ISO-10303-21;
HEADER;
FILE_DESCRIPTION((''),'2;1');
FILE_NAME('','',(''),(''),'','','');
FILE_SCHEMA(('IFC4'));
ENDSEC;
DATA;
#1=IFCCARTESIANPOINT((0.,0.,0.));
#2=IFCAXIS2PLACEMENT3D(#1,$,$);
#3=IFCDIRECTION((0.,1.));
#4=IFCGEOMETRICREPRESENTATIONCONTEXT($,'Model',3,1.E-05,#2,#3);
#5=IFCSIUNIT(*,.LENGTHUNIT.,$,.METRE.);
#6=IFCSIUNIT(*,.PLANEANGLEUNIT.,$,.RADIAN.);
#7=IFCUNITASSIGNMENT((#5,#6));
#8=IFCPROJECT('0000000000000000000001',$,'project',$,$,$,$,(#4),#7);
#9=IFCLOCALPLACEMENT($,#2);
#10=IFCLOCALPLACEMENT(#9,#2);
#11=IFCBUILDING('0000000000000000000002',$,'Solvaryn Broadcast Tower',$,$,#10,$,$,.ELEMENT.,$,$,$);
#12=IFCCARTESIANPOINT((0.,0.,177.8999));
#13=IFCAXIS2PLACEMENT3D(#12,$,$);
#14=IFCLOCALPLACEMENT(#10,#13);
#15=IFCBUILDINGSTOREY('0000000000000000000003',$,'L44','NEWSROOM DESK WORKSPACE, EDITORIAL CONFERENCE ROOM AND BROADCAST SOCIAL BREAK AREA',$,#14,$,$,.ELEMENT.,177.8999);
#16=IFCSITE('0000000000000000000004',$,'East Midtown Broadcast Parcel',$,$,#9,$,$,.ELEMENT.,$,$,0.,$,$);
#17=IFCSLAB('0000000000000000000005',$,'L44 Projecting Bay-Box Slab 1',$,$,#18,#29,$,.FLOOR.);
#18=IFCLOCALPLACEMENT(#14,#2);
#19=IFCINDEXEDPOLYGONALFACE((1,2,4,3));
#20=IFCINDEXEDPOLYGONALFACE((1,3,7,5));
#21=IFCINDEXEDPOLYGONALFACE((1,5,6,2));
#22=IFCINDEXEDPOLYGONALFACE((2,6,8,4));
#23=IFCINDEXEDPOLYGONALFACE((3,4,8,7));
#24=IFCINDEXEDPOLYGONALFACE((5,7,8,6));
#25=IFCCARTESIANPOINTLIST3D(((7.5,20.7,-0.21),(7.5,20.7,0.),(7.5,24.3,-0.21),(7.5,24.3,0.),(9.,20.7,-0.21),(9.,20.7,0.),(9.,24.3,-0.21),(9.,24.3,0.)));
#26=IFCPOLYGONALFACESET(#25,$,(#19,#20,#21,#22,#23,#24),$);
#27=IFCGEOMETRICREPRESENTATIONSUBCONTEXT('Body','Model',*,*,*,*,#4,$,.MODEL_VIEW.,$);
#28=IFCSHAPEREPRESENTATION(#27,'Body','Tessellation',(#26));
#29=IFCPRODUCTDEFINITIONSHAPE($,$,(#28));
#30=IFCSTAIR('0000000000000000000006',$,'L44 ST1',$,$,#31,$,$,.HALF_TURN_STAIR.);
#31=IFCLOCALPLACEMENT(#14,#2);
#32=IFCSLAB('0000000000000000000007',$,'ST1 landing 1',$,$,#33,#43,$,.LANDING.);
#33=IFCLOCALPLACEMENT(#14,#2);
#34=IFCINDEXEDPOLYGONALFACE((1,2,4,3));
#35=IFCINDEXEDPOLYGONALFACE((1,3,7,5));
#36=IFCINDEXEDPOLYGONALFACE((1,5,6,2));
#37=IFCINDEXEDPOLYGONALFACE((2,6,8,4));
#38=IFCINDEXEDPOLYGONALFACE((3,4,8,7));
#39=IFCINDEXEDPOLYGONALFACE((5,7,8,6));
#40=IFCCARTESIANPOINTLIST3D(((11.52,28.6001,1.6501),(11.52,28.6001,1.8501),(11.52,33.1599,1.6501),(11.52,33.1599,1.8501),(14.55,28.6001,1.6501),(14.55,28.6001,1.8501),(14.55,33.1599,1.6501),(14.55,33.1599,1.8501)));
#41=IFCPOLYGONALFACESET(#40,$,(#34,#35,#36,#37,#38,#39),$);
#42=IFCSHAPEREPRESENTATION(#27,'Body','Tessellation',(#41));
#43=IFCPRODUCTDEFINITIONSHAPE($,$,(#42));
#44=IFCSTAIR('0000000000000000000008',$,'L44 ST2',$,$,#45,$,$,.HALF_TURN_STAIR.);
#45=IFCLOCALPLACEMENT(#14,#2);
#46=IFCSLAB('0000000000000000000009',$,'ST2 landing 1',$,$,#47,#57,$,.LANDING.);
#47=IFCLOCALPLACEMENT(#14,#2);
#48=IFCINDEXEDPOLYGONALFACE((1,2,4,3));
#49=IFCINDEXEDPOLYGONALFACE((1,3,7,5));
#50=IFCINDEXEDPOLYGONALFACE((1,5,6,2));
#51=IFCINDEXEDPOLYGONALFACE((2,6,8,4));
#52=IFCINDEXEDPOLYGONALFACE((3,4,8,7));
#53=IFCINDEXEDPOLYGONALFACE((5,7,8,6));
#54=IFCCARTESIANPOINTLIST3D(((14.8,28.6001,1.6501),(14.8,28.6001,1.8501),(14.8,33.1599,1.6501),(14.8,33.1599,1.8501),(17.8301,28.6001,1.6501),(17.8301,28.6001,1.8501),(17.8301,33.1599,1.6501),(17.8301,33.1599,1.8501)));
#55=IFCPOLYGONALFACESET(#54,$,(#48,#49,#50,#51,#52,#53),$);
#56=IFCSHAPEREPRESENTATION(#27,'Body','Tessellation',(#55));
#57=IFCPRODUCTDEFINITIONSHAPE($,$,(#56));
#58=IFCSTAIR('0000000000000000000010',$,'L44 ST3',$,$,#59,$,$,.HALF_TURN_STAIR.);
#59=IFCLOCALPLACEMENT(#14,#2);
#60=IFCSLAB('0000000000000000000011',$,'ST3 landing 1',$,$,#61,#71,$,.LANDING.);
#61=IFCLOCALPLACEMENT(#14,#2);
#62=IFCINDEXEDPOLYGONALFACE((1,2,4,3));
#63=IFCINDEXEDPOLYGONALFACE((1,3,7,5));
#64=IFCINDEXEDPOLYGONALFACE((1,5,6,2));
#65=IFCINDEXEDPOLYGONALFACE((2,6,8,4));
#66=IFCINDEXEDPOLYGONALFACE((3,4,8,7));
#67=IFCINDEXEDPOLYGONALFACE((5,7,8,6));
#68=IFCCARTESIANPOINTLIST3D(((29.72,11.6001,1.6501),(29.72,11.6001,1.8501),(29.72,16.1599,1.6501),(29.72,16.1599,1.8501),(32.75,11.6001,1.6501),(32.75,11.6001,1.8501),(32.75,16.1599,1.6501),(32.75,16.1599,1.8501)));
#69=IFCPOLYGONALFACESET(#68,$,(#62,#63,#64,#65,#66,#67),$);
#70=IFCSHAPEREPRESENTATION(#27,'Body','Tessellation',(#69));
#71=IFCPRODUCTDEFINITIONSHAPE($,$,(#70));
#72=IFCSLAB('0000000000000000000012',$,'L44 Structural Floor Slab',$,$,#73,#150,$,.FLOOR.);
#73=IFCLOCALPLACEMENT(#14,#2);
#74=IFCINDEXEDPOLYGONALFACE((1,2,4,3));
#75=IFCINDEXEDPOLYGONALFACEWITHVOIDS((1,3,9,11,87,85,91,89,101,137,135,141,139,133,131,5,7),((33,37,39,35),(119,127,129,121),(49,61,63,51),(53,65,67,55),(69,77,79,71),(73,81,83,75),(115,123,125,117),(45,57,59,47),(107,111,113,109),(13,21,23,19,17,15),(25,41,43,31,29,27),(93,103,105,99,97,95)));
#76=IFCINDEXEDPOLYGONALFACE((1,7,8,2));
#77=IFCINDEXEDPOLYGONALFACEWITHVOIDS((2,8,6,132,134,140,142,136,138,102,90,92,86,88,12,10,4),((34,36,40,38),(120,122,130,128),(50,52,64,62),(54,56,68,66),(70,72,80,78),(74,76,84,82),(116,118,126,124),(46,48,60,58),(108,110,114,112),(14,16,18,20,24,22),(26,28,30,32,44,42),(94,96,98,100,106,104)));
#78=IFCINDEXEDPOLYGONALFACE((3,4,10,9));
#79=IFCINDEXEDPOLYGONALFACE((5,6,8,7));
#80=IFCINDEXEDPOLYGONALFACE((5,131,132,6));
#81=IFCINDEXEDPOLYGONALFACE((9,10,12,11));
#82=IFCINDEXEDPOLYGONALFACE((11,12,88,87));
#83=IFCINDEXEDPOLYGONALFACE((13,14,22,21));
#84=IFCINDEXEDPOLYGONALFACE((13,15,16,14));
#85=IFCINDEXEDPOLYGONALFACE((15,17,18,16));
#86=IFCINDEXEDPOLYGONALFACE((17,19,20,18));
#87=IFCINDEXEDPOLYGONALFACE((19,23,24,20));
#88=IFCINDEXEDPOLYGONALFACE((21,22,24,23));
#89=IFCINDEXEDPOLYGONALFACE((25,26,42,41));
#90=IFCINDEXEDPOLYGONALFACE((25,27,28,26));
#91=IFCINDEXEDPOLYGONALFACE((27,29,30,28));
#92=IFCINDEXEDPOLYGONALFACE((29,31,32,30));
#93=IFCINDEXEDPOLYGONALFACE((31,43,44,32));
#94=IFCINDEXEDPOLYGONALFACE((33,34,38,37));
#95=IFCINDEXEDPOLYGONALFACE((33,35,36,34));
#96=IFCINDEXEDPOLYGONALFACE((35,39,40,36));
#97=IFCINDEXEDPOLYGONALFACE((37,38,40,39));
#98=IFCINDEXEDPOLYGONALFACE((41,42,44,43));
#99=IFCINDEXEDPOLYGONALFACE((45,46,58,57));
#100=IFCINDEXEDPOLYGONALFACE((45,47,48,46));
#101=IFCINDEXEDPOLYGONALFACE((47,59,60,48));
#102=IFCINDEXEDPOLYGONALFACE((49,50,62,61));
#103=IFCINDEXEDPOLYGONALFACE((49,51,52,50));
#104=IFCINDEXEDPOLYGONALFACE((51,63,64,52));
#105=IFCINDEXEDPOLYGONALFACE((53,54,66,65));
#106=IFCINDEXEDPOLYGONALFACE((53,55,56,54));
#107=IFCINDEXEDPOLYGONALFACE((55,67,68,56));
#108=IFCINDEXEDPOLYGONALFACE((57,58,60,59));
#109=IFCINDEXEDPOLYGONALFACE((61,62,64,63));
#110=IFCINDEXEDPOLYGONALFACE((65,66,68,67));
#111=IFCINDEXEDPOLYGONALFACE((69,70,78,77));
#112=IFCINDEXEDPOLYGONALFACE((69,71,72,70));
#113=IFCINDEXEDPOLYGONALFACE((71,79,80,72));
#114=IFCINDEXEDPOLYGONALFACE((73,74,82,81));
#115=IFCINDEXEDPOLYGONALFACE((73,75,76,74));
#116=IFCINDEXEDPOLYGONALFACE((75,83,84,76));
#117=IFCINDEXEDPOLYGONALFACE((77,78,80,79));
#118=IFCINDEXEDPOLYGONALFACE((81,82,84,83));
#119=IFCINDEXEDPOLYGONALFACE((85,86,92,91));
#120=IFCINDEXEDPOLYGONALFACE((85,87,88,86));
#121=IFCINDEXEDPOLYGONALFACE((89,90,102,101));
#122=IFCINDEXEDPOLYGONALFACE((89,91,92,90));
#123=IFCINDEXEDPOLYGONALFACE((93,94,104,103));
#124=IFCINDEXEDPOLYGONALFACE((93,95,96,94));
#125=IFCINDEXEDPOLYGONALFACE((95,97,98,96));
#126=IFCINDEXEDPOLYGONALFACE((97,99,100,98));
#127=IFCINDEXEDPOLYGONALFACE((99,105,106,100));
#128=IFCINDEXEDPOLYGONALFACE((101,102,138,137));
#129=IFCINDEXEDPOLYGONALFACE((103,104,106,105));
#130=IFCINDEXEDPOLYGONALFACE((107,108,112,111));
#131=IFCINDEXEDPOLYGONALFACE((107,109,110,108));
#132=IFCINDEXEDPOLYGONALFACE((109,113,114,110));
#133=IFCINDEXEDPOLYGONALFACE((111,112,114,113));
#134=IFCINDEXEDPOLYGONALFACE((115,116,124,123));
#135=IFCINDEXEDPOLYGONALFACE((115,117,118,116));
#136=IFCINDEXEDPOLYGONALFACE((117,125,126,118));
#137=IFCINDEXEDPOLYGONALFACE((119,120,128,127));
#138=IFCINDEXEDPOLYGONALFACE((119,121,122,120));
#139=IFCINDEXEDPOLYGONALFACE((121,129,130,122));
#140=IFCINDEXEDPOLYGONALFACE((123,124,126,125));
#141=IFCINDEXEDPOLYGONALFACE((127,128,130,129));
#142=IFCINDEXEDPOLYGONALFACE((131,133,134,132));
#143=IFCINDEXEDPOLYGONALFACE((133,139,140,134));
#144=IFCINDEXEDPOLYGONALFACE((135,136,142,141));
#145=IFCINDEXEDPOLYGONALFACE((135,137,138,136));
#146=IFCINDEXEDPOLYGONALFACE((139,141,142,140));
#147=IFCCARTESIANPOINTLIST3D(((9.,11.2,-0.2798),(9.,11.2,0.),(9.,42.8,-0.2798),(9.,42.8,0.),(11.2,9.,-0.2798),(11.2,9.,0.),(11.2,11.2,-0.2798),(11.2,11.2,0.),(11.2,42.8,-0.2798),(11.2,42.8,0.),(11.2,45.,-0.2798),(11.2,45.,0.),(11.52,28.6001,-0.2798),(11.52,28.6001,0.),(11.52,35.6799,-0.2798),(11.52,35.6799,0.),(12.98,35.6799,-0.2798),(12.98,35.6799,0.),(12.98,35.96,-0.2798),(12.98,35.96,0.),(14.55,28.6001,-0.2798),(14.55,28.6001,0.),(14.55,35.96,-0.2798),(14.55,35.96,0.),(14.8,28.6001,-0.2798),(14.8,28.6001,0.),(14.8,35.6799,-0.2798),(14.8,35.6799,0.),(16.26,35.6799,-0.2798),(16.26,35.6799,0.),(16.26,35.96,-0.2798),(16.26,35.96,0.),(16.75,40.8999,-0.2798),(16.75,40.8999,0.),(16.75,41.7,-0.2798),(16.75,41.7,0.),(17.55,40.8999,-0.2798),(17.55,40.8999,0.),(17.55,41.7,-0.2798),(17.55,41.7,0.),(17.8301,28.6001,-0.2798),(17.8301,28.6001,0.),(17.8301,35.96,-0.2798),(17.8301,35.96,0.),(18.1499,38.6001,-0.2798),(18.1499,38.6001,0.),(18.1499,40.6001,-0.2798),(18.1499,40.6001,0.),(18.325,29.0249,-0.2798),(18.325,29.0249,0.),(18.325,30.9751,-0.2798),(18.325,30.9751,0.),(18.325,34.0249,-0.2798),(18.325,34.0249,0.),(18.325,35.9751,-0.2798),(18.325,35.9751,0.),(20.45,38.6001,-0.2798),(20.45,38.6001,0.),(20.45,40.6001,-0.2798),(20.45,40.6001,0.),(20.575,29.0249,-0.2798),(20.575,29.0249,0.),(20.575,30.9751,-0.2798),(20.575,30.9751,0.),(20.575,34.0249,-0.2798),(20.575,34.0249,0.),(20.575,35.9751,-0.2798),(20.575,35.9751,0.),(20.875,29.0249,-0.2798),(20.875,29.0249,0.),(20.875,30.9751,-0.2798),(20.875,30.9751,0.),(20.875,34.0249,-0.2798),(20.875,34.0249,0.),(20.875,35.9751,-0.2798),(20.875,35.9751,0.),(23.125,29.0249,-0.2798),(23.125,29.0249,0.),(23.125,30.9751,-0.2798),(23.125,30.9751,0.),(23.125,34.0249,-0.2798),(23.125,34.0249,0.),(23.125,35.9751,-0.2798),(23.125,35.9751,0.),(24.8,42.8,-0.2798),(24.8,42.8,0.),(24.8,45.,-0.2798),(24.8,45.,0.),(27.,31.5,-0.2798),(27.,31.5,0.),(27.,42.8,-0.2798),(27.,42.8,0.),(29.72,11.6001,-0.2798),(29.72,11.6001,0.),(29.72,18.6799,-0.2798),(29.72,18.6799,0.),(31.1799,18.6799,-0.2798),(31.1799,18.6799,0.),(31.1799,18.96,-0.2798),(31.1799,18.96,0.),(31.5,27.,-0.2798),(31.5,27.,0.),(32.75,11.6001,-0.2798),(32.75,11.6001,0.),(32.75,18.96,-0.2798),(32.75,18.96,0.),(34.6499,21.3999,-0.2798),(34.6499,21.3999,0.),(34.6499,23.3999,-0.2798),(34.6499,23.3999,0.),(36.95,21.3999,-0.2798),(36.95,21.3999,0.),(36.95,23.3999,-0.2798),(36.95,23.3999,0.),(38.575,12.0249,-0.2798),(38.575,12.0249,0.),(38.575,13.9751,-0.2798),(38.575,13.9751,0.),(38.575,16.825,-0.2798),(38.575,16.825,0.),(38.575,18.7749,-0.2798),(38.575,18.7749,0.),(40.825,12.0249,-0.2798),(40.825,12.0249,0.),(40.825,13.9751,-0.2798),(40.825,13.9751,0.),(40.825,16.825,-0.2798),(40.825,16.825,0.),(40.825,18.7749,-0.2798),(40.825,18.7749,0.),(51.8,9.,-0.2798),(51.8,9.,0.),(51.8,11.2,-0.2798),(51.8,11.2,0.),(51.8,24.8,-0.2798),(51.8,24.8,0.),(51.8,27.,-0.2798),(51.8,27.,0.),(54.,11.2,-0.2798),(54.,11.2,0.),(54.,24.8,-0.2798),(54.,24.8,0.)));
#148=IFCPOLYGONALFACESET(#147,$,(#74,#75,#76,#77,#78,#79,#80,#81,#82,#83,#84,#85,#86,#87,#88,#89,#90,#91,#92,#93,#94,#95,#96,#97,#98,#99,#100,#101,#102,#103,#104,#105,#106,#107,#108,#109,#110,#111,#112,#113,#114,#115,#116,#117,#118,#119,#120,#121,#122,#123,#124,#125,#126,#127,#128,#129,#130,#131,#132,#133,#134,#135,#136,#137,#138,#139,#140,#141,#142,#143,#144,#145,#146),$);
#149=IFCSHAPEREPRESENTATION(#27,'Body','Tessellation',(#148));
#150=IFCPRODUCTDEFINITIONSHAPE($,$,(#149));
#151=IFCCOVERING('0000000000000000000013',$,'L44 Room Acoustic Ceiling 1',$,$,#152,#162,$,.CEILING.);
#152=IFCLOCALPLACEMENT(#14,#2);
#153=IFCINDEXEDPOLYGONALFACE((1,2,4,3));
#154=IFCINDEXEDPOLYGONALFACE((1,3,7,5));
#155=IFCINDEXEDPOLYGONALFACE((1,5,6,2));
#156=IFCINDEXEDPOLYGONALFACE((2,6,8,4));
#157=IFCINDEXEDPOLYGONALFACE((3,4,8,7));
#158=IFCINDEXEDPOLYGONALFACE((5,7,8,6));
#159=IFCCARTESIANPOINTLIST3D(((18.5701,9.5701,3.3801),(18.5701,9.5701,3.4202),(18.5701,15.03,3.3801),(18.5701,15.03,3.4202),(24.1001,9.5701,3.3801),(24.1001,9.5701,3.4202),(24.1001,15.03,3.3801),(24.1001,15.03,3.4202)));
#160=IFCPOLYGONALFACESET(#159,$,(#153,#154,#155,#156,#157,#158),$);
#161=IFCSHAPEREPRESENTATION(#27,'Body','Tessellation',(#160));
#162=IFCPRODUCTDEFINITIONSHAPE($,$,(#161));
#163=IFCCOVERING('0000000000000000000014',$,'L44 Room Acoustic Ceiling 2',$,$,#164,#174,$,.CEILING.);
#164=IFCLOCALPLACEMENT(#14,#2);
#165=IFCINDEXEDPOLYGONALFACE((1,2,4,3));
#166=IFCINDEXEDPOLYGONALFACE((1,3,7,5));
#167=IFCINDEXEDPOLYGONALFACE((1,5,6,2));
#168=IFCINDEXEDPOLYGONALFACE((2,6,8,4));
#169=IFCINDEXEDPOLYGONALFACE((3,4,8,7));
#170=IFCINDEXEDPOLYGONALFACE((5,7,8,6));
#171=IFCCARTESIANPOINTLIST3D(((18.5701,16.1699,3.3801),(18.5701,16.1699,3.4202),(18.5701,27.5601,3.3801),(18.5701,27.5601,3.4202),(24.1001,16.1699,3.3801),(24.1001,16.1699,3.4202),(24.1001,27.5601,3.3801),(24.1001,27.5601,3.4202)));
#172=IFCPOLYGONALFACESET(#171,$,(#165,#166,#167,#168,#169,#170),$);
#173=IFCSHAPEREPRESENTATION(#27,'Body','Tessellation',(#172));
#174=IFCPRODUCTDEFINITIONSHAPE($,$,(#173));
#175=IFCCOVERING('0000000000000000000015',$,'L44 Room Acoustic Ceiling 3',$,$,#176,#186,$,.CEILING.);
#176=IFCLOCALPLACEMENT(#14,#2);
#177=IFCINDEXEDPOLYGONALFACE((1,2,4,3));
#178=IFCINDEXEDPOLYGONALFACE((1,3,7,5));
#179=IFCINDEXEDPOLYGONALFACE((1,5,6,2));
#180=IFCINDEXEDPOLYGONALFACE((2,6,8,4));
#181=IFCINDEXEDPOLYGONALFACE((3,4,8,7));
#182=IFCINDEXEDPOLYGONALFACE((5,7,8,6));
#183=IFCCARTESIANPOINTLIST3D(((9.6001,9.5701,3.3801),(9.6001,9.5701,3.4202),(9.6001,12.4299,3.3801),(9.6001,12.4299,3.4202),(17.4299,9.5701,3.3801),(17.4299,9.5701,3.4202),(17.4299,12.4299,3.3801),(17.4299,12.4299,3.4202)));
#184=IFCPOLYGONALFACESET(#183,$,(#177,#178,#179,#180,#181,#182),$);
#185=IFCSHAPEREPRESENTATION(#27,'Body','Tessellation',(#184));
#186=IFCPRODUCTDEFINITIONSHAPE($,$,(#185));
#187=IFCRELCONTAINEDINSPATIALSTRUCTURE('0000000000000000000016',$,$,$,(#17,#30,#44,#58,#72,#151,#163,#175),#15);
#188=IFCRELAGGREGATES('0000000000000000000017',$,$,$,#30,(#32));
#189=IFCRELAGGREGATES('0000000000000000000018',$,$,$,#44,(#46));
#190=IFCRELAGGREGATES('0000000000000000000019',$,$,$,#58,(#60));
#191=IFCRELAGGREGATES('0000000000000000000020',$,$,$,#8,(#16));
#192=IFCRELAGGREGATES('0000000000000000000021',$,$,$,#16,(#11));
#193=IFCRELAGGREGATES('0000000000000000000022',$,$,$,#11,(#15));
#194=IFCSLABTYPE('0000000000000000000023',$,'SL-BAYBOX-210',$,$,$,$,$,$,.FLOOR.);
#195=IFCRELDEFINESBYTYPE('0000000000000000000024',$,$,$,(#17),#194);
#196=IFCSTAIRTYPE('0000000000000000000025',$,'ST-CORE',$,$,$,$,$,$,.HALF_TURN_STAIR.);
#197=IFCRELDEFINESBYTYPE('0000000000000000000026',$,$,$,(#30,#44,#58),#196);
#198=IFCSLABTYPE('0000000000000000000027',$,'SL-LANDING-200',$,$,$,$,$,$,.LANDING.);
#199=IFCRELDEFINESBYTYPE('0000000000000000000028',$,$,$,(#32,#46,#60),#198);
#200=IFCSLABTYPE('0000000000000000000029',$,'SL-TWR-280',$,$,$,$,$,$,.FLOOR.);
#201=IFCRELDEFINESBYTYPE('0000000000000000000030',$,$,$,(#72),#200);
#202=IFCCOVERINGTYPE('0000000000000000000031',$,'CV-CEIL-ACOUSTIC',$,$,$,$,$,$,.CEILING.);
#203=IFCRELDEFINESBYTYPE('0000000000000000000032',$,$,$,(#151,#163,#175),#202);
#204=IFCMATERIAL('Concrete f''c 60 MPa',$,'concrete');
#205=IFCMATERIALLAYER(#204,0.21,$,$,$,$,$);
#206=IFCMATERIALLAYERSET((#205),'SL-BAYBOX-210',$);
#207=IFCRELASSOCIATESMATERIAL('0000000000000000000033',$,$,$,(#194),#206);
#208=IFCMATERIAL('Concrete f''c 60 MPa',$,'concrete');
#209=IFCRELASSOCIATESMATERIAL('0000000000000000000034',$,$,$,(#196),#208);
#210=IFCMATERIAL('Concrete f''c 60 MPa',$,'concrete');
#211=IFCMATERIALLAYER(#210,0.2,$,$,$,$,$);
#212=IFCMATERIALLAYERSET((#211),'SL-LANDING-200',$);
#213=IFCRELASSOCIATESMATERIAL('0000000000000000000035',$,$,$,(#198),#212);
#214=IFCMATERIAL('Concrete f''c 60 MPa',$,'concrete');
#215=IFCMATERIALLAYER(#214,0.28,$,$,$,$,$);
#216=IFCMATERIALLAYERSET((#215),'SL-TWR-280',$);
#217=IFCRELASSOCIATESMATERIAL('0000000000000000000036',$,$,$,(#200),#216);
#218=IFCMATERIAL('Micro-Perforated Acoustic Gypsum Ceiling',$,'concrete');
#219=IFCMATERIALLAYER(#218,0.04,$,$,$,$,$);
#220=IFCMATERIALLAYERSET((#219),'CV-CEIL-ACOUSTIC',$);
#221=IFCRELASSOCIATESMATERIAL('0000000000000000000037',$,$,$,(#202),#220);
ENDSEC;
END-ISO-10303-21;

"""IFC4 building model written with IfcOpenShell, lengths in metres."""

from ifc_helpers import new_model, si_unit, direction, frame, origin, place, context, subcontext, project, spatial, polyline, outline, extrude, material, layer, layer_set, type_object, element, aggregate, save


model = new_model("IFC4")

# Units and contexts
model_context = context("Model", 3, precision=1e-05, world=origin(), true_north=direction((0.0, 1.0)))
body_context = subcontext(model_context, "Body", "Model", "MODEL_VIEW")
ifc_project = project(units=[si_unit("LENGTHUNIT", "METRE"), si_unit("PLANEANGLEUNIT", "RADIAN")], contexts=[model_context])

# Site, building, storey
site_placement = place(None, origin())
site = spatial("IfcSite", under=ifc_project, at=site_placement, Name="East Midtown Broadcast Parcel", CompositionType="ELEMENT", RefElevation=0.0)
building_placement = place(site_placement, origin())
building = spatial("IfcBuilding", under=site, at=building_placement, Name="Solvaryn Broadcast Tower", CompositionType="ELEMENT")
storey_placement = place(building_placement, frame((0.0, 0.0, 177.8999)))
storey = spatial("IfcBuildingStorey", under=building, at=storey_placement, Name="L44", Description="NEWSROOM DESK WORKSPACE, EDITORIAL CONFERENCE ROOM AND BROADCAST SOCIAL BREAK AREA", CompositionType="ELEMENT", Elevation=177.8999)

# Slab
ifc_material_1 = material(Name="Concrete f'c 60 MPa", Category="concrete")
ifc_layer_1 = layer(ifc_material_1, 0.21)
ifc_layer_set_1 = layer_set([ifc_layer_1], Name="SL-BAYBOX-210")
slab_type_1 = type_object("IfcSlabType", Name="SL-BAYBOX-210", PredefinedType="FLOOR", material=ifc_layer_set_1)
slab_1_placement = place(storey_placement, frame((0.0, 0.0, -0.21)))
element("IfcSlab", 1, at=slab_1_placement, inside=storey, type_object=slab_type_1, Name="L44 Projecting Bay-Box Slab 1", PredefinedType="FLOOR", context=body_context, shape_type="SweptSolid", body=[
    extrude(outline(polyline([(7.5, 20.7), (9.0, 20.7), (9.0, 24.3), (7.5, 24.3), (7.5, 20.7)])), origin(), (0.0, 0.0, 1.0), 0.21),
])

# Stairs, slabs
ifc_material_2 = material(Name="Concrete f'c 60 MPa", Category="concrete")
stair_type = type_object("IfcStairType", Name="ST-CORE", PredefinedType="HALF_TURN_STAIR", material=ifc_material_2)
stair_1_placement = place(storey_placement, origin())
stair_1 = element("IfcStair", 2, at=stair_1_placement, inside=storey, type_object=stair_type, Name="L44 ST1", PredefinedType="HALF_TURN_STAIR")
ifc_material_3 = material(Name="Concrete f'c 60 MPa", Category="concrete")
ifc_layer_2 = layer(ifc_material_3, 0.2)
ifc_layer_set_2 = layer_set([ifc_layer_2], Name="SL-LANDING-200")
slab_type_2 = type_object("IfcSlabType", Name="SL-LANDING-200", PredefinedType="LANDING", material=ifc_layer_set_2)
slab_2_placement = place(storey_placement, frame((0.0, 0.0, 1.6501)))
slab_2 = element("IfcSlab", 3, at=slab_2_placement, type_object=slab_type_2, Name="ST1 landing 1", PredefinedType="LANDING", context=body_context, shape_type="SweptSolid", body=[
    extrude(outline(polyline([(11.52, 33.1599), (11.52, 28.6001), (14.55, 28.6001), (14.55, 33.1599), (11.52, 33.1599)])), origin(), (0.0, 0.0, 1.0), 0.2),
])
aggregate(stair_1, [slab_2])
stair_2_placement = place(storey_placement, origin())
stair_2 = element("IfcStair", 4, at=stair_2_placement, inside=storey, type_object=stair_type, Name="L44 ST2", PredefinedType="HALF_TURN_STAIR")
slab_3_placement = place(storey_placement, frame((0.0, 0.0, 1.6501)))
slab_3 = element("IfcSlab", 5, at=slab_3_placement, type_object=slab_type_2, Name="ST2 landing 1", PredefinedType="LANDING", context=body_context, shape_type="SweptSolid", body=[
    extrude(outline(polyline([(14.8, 33.1599), (14.8, 28.6001), (17.8301, 28.6001), (17.8301, 33.1599), (14.8, 33.1599)])), origin(), (0.0, 0.0, 1.0), 0.2),
])
aggregate(stair_2, [slab_3])
stair_3_placement = place(storey_placement, origin())
stair_3 = element("IfcStair", 6, at=stair_3_placement, inside=storey, type_object=stair_type, Name="L44 ST3", PredefinedType="HALF_TURN_STAIR")
slab_4_placement = place(storey_placement, frame((0.0, 0.0, 1.6501)))
slab_4 = element("IfcSlab", 7, at=slab_4_placement, type_object=slab_type_2, Name="ST3 landing 1", PredefinedType="LANDING", context=body_context, shape_type="SweptSolid", body=[
    extrude(outline(polyline([(29.72, 16.1599), (29.72, 11.6001), (32.75, 11.6001), (32.75, 16.1599), (29.72, 16.1599)])), origin(), (0.0, 0.0, 1.0), 0.2),
])
aggregate(stair_3, [slab_4])

# Slab
ifc_material_4 = material(Name="Concrete f'c 60 MPa", Category="concrete")
ifc_layer_3 = layer(ifc_material_4, 0.28)
ifc_layer_set_3 = layer_set([ifc_layer_3], Name="SL-TWR-280")
slab_type_3 = type_object("IfcSlabType", Name="SL-TWR-280", PredefinedType="FLOOR", material=ifc_layer_set_3)
slab_5_placement = place(storey_placement, frame((0.0, 0.0, -0.2798)))
element("IfcSlab", 8, at=slab_5_placement, inside=storey, type_object=slab_type_3, Name="L44 Structural Floor Slab", PredefinedType="FLOOR", context=body_context, shape_type="SweptSolid", body=[
    extrude(outline(polyline([(11.2, 9.0), (51.8, 9.0), (51.8, 11.2), (54.0, 11.2), (54.0, 24.8), (51.8, 24.8), (51.8, 27.0), (31.5, 27.0), (27.0, 31.5), (27.0, 42.8), (24.8, 42.8), (24.8, 45.0), (11.2, 45.0), (11.2, 42.8), (9.0, 42.8), (9.0, 11.2), (11.2, 11.2), (11.2, 9.0)]), holes=[polyline([(11.52, 28.6001), (14.55, 28.6001), (14.55, 35.96), (12.98, 35.96), (12.98, 35.6799), (11.52, 35.6799), (11.52, 28.6001)]), polyline([(14.8, 28.6001), (17.8301, 28.6001), (17.8301, 35.96), (16.26, 35.96), (16.26, 35.6799), (14.8, 35.6799), (14.8, 28.6001)]), polyline([(29.72, 11.6001), (32.75, 11.6001), (32.75, 18.96), (31.1799, 18.96), (31.1799, 18.6799), (29.72, 18.6799), (29.72, 11.6001)]), polyline([(18.1499, 38.6001), (20.45, 38.6001), (20.45, 40.6001), (18.1499, 40.6001), (18.1499, 38.6001)]), polyline([(18.325, 29.0249), (20.575, 29.0249), (20.575, 30.9751), (18.325, 30.9751), (18.325, 29.0249)]), polyline([(20.875, 29.0249), (23.125, 29.0249), (23.125, 30.9751), (20.875, 30.9751), (20.875, 29.0249)]), polyline([(18.325, 34.0249), (20.575, 34.0249), (20.575, 35.9751), (18.325, 35.9751), (18.325, 34.0249)]), polyline([(20.875, 34.0249), (23.125, 34.0249), (23.125, 35.9751), (20.875, 35.9751), (20.875, 34.0249)]), polyline([(34.6499, 21.3999), (36.95, 21.3999), (36.95, 23.3999), (34.6499, 23.3999), (34.6499, 21.3999)]), polyline([(38.575, 12.0249), (40.825, 12.0249), (40.825, 13.9751), (38.575, 13.9751), (38.575, 12.0249)]), polyline([(38.575, 16.825), (40.825, 16.825), (40.825, 18.7749), (38.575, 18.7749), (38.575, 16.825)]), polyline([(16.75, 40.8999), (17.55, 40.8999), (17.55, 41.7), (16.75, 41.7), (16.75, 40.8999)])]), origin(), (0.0, 0.0, 1.0), 0.2798),
])

# Coverings
ifc_material_5 = material(Name="Micro-Perforated Acoustic Gypsum Ceiling", Category="concrete")
ifc_layer_4 = layer(ifc_material_5, 0.04)
ifc_layer_set_4 = layer_set([ifc_layer_4], Name="CV-CEIL-ACOUSTIC")
covering_type_1 = type_object("IfcCoveringType", Name="CV-CEIL-ACOUSTIC", PredefinedType="CEILING", material=ifc_layer_set_4)
covering_1_placement = place(storey_placement, frame((0.0, 0.0, 3.3801)))
element("IfcCovering", 9, at=covering_1_placement, inside=storey, type_object=covering_type_1, Name="L44 Room Acoustic Ceiling 1", PredefinedType="CEILING", context=body_context, shape_type="SweptSolid", body=[
    extrude(outline(polyline([(18.5701, 9.5701), (24.1001, 9.5701), (24.1001, 15.03), (18.5701, 15.03), (18.5701, 9.5701)])), origin(), (0.0, 0.0, 1.0), 0.04),
])
covering_2_placement = place(storey_placement, frame((0.0, 0.0, 3.3801)))
element("IfcCovering", 10, at=covering_2_placement, inside=storey, type_object=covering_type_1, Name="L44 Room Acoustic Ceiling 2", PredefinedType="CEILING", context=body_context, shape_type="SweptSolid", body=[
    extrude(outline(polyline([(18.5701, 16.1699), (24.1001, 16.1699), (24.1001, 27.5601), (18.5701, 27.5601), (18.5701, 16.1699)])), origin(), (0.0, 0.0, 1.0), 0.04),
])
covering_3_placement = place(storey_placement, frame((0.0, 0.0, 3.3801)))
element("IfcCovering", 11, at=covering_3_placement, inside=storey, type_object=covering_type_1, Name="L44 Room Acoustic Ceiling 3", PredefinedType="CEILING", context=body_context, shape_type="SweptSolid", body=[
    extrude(outline(polyline([(9.6001, 9.5701), (17.4299, 9.5701), (17.4299, 12.4299), (9.6001, 12.4299), (9.6001, 9.5701)])), origin(), (0.0, 0.0, 1.0), 0.04),
])

save(model, "model.ifc")
